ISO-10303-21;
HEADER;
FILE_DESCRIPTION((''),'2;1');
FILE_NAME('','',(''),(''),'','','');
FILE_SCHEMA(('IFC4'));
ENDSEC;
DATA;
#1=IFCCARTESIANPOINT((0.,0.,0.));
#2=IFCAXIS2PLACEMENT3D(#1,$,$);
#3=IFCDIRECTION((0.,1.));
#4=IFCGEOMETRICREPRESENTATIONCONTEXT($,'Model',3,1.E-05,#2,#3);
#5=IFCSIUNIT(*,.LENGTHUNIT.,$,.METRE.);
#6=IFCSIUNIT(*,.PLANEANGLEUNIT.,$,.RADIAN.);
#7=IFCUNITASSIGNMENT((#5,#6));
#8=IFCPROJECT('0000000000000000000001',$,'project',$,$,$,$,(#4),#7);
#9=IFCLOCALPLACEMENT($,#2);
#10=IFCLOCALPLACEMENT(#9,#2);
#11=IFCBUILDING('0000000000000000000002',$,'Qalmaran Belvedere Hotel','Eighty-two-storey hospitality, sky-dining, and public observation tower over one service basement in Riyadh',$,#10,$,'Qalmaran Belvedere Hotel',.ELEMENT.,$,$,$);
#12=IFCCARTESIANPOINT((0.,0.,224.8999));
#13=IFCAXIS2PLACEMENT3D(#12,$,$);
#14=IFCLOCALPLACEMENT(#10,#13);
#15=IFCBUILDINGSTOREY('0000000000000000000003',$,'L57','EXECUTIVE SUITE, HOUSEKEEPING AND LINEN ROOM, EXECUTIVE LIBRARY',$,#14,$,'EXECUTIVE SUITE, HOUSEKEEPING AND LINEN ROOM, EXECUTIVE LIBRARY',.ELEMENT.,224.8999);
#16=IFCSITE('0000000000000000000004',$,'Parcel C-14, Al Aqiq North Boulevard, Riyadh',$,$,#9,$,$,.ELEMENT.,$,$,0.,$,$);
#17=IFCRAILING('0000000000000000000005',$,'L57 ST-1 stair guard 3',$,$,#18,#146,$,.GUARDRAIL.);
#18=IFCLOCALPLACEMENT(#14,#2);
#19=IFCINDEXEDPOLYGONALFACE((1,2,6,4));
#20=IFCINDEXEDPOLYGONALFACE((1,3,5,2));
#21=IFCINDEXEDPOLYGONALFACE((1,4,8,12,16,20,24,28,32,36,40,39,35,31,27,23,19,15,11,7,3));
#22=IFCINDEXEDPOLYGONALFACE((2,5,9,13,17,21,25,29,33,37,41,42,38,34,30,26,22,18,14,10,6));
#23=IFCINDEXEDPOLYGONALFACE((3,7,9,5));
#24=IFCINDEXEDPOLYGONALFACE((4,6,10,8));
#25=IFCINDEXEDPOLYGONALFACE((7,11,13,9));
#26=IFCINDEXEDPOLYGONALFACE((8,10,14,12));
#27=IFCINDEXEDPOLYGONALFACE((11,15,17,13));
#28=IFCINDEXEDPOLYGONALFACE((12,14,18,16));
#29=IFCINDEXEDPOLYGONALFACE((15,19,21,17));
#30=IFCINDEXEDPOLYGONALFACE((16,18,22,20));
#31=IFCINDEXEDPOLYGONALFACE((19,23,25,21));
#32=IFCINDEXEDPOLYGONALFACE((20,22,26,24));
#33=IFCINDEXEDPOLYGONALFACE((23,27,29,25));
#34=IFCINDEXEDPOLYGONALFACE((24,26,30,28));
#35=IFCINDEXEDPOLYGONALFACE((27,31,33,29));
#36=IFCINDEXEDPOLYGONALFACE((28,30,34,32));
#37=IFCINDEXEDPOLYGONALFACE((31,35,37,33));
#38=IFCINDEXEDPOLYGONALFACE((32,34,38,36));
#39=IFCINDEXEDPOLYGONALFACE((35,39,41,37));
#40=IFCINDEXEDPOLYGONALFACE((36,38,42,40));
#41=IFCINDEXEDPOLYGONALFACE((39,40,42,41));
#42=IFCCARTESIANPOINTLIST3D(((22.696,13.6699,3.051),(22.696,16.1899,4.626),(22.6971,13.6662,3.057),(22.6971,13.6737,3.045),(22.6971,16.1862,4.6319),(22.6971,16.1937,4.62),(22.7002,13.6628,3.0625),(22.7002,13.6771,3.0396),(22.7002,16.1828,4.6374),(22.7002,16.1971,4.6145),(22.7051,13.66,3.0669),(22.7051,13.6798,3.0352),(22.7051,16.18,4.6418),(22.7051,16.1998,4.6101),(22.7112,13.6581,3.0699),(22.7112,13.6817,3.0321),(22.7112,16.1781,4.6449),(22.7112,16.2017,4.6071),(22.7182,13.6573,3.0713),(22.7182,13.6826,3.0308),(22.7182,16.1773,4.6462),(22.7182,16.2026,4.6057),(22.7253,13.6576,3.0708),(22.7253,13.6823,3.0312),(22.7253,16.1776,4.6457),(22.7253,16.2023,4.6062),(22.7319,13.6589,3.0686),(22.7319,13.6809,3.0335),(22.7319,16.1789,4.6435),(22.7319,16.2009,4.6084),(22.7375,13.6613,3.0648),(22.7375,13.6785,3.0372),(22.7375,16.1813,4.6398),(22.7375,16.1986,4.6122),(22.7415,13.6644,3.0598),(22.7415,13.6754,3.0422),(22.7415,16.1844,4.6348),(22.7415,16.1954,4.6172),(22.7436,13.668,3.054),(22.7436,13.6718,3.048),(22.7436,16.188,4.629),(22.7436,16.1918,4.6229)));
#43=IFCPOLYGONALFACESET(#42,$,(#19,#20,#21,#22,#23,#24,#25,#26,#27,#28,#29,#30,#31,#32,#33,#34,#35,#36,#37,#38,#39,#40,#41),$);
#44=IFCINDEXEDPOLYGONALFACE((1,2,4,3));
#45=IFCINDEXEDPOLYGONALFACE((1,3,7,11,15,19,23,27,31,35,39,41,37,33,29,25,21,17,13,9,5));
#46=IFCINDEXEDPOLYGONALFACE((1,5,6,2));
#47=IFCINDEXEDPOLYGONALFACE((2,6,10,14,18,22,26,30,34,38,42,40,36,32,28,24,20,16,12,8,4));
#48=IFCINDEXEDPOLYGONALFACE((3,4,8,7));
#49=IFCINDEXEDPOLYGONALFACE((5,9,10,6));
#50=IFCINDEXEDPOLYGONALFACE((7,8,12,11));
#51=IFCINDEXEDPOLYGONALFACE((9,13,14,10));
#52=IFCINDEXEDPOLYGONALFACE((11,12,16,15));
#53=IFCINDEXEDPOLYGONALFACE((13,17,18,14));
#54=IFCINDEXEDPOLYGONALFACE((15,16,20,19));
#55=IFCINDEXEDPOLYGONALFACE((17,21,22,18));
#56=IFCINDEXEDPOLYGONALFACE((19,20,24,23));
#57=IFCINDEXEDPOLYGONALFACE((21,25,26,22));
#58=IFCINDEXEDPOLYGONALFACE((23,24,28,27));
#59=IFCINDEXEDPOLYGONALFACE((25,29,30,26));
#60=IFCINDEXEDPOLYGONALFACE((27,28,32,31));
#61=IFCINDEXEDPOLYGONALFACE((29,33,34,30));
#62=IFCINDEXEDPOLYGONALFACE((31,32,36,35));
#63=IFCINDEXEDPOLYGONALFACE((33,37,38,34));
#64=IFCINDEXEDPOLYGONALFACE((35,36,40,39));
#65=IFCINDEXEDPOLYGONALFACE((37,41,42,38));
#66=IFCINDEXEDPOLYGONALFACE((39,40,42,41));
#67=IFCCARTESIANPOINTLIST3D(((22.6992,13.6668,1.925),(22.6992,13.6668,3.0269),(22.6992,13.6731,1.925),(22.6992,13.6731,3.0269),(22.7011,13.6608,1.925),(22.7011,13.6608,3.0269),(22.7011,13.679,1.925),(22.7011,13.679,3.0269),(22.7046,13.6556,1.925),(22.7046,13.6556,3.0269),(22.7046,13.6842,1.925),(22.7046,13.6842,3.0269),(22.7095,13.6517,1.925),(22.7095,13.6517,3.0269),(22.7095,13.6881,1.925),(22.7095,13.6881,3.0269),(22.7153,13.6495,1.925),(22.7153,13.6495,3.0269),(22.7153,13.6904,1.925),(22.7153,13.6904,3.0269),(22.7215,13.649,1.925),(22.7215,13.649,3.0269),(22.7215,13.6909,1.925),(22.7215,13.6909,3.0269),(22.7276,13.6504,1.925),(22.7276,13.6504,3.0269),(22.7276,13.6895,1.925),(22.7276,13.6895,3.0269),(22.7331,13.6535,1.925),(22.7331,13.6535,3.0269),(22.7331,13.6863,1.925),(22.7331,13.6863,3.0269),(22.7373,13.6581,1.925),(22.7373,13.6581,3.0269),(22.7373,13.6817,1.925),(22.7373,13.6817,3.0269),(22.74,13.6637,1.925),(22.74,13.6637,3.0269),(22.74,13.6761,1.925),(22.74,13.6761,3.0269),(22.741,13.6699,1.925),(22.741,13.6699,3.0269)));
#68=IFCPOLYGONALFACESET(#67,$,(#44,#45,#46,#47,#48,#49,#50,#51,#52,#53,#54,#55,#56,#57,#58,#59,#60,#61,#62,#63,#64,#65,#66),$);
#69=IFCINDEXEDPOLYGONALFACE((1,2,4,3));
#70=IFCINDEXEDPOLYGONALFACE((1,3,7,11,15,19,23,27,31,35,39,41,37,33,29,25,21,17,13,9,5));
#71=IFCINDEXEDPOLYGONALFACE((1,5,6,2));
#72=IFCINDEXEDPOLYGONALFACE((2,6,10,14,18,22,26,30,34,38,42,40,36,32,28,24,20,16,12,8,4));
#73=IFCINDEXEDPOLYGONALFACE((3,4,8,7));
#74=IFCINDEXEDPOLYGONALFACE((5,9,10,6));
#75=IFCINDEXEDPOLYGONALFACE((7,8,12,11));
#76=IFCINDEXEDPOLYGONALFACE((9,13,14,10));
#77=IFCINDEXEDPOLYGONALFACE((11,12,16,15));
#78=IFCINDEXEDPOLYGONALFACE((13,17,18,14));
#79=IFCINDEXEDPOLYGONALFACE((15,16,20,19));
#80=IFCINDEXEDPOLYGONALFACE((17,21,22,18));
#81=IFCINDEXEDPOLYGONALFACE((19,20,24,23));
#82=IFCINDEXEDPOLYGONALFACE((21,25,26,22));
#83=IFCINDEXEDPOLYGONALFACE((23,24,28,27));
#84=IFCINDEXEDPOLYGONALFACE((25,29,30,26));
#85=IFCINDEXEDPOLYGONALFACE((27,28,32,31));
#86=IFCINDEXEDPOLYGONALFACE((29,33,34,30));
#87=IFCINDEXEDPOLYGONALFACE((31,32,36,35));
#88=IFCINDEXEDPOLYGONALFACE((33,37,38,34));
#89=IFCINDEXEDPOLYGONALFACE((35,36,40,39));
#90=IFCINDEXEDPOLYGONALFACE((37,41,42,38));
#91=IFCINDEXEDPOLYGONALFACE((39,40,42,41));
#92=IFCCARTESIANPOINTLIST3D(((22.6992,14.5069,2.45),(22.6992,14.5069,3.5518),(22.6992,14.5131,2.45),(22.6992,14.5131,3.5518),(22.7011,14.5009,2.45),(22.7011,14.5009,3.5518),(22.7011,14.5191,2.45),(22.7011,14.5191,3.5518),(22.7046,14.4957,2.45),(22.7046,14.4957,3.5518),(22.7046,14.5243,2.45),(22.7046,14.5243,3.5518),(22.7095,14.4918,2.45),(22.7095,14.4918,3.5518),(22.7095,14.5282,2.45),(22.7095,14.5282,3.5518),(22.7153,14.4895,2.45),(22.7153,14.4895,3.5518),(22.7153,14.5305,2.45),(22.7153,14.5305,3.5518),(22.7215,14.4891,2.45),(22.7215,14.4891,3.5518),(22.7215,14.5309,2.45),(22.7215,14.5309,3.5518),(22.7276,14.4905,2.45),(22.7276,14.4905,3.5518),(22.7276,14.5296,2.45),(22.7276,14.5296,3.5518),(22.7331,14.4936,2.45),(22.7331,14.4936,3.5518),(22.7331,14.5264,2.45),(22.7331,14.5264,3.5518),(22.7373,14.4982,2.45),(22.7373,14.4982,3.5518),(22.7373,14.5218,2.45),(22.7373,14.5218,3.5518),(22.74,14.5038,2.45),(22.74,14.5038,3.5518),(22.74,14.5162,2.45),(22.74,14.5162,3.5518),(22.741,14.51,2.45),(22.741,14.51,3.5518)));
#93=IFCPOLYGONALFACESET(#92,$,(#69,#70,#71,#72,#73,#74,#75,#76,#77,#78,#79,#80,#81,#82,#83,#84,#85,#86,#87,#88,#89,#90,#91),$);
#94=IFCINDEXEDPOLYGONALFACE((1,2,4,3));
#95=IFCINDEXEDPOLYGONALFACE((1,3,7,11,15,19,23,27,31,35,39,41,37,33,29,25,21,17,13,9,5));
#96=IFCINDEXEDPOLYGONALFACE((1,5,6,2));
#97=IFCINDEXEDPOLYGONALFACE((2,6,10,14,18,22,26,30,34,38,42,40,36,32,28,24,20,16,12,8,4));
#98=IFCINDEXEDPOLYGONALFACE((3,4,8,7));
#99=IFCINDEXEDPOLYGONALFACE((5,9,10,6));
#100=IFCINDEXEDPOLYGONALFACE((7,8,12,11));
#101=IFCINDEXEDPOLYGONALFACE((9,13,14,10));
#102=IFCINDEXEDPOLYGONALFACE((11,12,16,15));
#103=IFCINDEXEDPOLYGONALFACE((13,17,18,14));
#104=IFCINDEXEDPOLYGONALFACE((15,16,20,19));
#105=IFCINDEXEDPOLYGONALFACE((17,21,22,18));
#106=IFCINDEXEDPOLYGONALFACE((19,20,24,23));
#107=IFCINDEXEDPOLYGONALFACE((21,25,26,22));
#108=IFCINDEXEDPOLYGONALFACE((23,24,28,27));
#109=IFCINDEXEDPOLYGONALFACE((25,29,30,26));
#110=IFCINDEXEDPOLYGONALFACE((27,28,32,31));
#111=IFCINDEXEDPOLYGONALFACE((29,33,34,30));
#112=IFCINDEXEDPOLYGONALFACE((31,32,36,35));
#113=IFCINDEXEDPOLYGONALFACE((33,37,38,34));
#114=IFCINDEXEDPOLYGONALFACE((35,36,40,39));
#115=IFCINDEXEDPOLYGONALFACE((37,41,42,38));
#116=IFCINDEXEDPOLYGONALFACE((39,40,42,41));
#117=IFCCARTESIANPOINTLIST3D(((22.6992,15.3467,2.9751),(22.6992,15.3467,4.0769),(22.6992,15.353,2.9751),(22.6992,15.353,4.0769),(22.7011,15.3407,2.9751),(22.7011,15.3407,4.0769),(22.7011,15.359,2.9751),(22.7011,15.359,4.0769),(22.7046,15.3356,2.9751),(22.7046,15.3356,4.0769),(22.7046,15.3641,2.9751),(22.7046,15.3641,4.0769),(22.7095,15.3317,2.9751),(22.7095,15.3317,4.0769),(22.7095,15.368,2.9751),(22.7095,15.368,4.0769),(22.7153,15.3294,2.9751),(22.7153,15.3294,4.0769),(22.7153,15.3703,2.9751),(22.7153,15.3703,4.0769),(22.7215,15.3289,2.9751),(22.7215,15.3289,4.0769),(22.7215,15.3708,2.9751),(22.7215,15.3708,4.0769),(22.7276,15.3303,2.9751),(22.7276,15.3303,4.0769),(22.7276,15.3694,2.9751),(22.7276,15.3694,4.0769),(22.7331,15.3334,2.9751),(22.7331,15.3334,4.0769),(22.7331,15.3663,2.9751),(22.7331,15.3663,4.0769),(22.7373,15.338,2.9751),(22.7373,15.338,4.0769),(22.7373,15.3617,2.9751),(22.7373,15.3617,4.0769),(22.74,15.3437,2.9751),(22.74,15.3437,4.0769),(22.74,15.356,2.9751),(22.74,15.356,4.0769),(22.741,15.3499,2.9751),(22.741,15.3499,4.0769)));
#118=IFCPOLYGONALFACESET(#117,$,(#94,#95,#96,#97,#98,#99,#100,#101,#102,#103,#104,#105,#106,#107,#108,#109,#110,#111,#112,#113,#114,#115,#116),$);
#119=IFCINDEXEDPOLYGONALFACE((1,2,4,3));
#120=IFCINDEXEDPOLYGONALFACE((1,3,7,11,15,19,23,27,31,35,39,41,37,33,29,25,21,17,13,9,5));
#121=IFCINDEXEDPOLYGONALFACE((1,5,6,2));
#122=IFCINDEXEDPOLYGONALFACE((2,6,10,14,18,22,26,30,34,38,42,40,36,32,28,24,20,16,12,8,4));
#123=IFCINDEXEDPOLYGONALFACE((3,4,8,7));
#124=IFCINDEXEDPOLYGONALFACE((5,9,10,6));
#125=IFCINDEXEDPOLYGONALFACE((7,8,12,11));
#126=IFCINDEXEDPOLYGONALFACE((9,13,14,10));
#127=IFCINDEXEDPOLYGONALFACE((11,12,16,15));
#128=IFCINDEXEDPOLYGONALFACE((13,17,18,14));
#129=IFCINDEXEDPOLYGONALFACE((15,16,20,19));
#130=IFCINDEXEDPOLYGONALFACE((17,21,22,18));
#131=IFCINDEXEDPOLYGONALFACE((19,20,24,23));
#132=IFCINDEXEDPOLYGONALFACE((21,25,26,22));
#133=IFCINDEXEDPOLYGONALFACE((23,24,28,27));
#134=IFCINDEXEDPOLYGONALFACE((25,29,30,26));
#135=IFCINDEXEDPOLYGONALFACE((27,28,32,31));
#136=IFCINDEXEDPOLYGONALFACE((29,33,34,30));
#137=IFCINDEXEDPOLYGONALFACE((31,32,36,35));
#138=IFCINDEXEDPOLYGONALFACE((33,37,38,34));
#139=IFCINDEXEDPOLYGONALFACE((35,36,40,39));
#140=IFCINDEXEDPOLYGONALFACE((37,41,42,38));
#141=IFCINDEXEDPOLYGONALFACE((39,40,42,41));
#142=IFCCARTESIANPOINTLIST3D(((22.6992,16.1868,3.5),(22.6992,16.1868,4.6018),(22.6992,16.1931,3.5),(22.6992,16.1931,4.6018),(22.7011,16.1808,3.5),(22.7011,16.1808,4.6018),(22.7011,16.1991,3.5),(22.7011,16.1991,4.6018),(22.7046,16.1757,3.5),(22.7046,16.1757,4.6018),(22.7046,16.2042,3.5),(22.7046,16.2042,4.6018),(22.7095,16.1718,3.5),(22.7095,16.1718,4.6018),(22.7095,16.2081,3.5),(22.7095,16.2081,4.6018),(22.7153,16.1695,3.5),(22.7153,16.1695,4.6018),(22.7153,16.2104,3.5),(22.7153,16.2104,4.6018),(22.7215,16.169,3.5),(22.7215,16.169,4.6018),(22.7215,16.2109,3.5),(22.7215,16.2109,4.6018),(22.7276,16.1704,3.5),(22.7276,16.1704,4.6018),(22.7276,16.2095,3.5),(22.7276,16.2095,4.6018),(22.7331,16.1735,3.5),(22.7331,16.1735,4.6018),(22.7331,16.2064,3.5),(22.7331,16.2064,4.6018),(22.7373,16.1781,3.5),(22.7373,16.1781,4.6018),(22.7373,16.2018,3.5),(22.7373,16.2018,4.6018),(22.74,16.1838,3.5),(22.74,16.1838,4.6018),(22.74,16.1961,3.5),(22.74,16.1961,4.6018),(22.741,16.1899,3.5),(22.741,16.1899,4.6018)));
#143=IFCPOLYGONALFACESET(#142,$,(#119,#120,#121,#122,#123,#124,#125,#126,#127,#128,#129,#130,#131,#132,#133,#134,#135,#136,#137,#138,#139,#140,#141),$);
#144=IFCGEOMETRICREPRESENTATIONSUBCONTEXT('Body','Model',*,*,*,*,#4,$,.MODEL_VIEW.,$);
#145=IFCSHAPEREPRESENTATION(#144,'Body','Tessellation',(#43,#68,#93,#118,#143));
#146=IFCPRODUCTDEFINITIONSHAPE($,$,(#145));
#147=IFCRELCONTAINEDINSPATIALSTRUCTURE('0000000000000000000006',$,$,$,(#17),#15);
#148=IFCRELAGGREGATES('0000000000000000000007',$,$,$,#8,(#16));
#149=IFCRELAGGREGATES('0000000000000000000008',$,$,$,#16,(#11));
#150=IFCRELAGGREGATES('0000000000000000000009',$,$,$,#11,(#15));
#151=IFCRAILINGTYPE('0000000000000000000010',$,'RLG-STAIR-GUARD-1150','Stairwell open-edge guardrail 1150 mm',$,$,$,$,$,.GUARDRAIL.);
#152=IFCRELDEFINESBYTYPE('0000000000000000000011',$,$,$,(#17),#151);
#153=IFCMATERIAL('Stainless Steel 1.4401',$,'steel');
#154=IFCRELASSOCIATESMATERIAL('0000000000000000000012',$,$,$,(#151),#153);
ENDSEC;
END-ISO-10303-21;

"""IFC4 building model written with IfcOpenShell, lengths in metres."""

from ifc_helpers import new_model, si_unit, direction, frame, origin, origin_2d, place, context, subcontext, project, spatial, circle, extrude, material, type_object, element, save


model = new_model("IFC4")

# Units and contexts
model_context = context("Model", 3, precision=1e-05, world=origin(), true_north=direction((0.0, 1.0)))
body_context = subcontext(model_context, "Body", "Model", "MODEL_VIEW")
ifc_project = project(units=[si_unit("LENGTHUNIT", "METRE"), si_unit("PLANEANGLEUNIT", "RADIAN")], contexts=[model_context])

# Site, building, storey
site_placement = place(None, origin())
site = spatial("IfcSite", under=ifc_project, at=site_placement, Name="Parcel C-14, Al Aqiq North Boulevard, Riyadh", CompositionType="ELEMENT", RefElevation=0.0)
building_placement = place(site_placement, origin())
building = spatial("IfcBuilding", under=site, at=building_placement, Name="Qalmaran Belvedere Hotel", Description="Eighty-two-storey hospitality, sky-dining, and public observation tower over one service basement in Riyadh", LongName="Qalmaran Belvedere Hotel", CompositionType="ELEMENT")
storey_placement = place(building_placement, frame((0.0, 0.0, 224.8999)))
storey = spatial("IfcBuildingStorey", under=building, at=storey_placement, Name="L57", Description="EXECUTIVE SUITE, HOUSEKEEPING AND LINEN ROOM, EXECUTIVE LIBRARY", LongName="EXECUTIVE SUITE, HOUSEKEEPING AND LINEN ROOM, EXECUTIVE LIBRARY", CompositionType="ELEMENT", Elevation=224.8999)

# Railing
ifc_material_1 = material(Name="Stainless Steel 1.4401", Category="steel")
railing_type_1 = type_object("IfcRailingType", Name="RLG-STAIR-GUARD-1150", Description="Stairwell open-edge guardrail 1150 mm", PredefinedType="GUARDRAIL", material=ifc_material_1)
railing_1_placement = place(storey_placement, frame((22.72, 13.6699, 1.925)))
element("IfcRailing", 1, at=railing_1_placement, inside=storey, type_object=railing_type_1, Name="L57 ST-1 stair guard 3", PredefinedType="GUARDRAIL", context=body_context, shape_type="SweptSolid", body=[
    extrude(circle(Radius=0.0239, at=origin_2d()), frame((0.0, 0.0, 1.126), z_axis=(0.0, 0.848008, 0.529984), x_axis=(-1.0, 0.0, 0.0)), (0.0, 0.0, 1.0), 2.9717),
    extrude(circle(Radius=0.021, at=origin_2d()), origin(), (0.0, 0.0, 1.0), 1.1018),
    extrude(circle(Radius=0.021, at=origin_2d()), frame((0.0, 0.8401, 0.5249)), (0.0, 0.0, 1.0), 1.1018),
    extrude(circle(Radius=0.021, at=origin_2d()), frame((0.0, 1.6799, 1.05)), (0.0, 0.0, 1.0), 1.1018),
    extrude(circle(Radius=0.021, at=origin_2d()), frame((0.0, 2.52, 1.575)), (0.0, 0.0, 1.0), 1.1018),
])

save(model, "model.ifc")
